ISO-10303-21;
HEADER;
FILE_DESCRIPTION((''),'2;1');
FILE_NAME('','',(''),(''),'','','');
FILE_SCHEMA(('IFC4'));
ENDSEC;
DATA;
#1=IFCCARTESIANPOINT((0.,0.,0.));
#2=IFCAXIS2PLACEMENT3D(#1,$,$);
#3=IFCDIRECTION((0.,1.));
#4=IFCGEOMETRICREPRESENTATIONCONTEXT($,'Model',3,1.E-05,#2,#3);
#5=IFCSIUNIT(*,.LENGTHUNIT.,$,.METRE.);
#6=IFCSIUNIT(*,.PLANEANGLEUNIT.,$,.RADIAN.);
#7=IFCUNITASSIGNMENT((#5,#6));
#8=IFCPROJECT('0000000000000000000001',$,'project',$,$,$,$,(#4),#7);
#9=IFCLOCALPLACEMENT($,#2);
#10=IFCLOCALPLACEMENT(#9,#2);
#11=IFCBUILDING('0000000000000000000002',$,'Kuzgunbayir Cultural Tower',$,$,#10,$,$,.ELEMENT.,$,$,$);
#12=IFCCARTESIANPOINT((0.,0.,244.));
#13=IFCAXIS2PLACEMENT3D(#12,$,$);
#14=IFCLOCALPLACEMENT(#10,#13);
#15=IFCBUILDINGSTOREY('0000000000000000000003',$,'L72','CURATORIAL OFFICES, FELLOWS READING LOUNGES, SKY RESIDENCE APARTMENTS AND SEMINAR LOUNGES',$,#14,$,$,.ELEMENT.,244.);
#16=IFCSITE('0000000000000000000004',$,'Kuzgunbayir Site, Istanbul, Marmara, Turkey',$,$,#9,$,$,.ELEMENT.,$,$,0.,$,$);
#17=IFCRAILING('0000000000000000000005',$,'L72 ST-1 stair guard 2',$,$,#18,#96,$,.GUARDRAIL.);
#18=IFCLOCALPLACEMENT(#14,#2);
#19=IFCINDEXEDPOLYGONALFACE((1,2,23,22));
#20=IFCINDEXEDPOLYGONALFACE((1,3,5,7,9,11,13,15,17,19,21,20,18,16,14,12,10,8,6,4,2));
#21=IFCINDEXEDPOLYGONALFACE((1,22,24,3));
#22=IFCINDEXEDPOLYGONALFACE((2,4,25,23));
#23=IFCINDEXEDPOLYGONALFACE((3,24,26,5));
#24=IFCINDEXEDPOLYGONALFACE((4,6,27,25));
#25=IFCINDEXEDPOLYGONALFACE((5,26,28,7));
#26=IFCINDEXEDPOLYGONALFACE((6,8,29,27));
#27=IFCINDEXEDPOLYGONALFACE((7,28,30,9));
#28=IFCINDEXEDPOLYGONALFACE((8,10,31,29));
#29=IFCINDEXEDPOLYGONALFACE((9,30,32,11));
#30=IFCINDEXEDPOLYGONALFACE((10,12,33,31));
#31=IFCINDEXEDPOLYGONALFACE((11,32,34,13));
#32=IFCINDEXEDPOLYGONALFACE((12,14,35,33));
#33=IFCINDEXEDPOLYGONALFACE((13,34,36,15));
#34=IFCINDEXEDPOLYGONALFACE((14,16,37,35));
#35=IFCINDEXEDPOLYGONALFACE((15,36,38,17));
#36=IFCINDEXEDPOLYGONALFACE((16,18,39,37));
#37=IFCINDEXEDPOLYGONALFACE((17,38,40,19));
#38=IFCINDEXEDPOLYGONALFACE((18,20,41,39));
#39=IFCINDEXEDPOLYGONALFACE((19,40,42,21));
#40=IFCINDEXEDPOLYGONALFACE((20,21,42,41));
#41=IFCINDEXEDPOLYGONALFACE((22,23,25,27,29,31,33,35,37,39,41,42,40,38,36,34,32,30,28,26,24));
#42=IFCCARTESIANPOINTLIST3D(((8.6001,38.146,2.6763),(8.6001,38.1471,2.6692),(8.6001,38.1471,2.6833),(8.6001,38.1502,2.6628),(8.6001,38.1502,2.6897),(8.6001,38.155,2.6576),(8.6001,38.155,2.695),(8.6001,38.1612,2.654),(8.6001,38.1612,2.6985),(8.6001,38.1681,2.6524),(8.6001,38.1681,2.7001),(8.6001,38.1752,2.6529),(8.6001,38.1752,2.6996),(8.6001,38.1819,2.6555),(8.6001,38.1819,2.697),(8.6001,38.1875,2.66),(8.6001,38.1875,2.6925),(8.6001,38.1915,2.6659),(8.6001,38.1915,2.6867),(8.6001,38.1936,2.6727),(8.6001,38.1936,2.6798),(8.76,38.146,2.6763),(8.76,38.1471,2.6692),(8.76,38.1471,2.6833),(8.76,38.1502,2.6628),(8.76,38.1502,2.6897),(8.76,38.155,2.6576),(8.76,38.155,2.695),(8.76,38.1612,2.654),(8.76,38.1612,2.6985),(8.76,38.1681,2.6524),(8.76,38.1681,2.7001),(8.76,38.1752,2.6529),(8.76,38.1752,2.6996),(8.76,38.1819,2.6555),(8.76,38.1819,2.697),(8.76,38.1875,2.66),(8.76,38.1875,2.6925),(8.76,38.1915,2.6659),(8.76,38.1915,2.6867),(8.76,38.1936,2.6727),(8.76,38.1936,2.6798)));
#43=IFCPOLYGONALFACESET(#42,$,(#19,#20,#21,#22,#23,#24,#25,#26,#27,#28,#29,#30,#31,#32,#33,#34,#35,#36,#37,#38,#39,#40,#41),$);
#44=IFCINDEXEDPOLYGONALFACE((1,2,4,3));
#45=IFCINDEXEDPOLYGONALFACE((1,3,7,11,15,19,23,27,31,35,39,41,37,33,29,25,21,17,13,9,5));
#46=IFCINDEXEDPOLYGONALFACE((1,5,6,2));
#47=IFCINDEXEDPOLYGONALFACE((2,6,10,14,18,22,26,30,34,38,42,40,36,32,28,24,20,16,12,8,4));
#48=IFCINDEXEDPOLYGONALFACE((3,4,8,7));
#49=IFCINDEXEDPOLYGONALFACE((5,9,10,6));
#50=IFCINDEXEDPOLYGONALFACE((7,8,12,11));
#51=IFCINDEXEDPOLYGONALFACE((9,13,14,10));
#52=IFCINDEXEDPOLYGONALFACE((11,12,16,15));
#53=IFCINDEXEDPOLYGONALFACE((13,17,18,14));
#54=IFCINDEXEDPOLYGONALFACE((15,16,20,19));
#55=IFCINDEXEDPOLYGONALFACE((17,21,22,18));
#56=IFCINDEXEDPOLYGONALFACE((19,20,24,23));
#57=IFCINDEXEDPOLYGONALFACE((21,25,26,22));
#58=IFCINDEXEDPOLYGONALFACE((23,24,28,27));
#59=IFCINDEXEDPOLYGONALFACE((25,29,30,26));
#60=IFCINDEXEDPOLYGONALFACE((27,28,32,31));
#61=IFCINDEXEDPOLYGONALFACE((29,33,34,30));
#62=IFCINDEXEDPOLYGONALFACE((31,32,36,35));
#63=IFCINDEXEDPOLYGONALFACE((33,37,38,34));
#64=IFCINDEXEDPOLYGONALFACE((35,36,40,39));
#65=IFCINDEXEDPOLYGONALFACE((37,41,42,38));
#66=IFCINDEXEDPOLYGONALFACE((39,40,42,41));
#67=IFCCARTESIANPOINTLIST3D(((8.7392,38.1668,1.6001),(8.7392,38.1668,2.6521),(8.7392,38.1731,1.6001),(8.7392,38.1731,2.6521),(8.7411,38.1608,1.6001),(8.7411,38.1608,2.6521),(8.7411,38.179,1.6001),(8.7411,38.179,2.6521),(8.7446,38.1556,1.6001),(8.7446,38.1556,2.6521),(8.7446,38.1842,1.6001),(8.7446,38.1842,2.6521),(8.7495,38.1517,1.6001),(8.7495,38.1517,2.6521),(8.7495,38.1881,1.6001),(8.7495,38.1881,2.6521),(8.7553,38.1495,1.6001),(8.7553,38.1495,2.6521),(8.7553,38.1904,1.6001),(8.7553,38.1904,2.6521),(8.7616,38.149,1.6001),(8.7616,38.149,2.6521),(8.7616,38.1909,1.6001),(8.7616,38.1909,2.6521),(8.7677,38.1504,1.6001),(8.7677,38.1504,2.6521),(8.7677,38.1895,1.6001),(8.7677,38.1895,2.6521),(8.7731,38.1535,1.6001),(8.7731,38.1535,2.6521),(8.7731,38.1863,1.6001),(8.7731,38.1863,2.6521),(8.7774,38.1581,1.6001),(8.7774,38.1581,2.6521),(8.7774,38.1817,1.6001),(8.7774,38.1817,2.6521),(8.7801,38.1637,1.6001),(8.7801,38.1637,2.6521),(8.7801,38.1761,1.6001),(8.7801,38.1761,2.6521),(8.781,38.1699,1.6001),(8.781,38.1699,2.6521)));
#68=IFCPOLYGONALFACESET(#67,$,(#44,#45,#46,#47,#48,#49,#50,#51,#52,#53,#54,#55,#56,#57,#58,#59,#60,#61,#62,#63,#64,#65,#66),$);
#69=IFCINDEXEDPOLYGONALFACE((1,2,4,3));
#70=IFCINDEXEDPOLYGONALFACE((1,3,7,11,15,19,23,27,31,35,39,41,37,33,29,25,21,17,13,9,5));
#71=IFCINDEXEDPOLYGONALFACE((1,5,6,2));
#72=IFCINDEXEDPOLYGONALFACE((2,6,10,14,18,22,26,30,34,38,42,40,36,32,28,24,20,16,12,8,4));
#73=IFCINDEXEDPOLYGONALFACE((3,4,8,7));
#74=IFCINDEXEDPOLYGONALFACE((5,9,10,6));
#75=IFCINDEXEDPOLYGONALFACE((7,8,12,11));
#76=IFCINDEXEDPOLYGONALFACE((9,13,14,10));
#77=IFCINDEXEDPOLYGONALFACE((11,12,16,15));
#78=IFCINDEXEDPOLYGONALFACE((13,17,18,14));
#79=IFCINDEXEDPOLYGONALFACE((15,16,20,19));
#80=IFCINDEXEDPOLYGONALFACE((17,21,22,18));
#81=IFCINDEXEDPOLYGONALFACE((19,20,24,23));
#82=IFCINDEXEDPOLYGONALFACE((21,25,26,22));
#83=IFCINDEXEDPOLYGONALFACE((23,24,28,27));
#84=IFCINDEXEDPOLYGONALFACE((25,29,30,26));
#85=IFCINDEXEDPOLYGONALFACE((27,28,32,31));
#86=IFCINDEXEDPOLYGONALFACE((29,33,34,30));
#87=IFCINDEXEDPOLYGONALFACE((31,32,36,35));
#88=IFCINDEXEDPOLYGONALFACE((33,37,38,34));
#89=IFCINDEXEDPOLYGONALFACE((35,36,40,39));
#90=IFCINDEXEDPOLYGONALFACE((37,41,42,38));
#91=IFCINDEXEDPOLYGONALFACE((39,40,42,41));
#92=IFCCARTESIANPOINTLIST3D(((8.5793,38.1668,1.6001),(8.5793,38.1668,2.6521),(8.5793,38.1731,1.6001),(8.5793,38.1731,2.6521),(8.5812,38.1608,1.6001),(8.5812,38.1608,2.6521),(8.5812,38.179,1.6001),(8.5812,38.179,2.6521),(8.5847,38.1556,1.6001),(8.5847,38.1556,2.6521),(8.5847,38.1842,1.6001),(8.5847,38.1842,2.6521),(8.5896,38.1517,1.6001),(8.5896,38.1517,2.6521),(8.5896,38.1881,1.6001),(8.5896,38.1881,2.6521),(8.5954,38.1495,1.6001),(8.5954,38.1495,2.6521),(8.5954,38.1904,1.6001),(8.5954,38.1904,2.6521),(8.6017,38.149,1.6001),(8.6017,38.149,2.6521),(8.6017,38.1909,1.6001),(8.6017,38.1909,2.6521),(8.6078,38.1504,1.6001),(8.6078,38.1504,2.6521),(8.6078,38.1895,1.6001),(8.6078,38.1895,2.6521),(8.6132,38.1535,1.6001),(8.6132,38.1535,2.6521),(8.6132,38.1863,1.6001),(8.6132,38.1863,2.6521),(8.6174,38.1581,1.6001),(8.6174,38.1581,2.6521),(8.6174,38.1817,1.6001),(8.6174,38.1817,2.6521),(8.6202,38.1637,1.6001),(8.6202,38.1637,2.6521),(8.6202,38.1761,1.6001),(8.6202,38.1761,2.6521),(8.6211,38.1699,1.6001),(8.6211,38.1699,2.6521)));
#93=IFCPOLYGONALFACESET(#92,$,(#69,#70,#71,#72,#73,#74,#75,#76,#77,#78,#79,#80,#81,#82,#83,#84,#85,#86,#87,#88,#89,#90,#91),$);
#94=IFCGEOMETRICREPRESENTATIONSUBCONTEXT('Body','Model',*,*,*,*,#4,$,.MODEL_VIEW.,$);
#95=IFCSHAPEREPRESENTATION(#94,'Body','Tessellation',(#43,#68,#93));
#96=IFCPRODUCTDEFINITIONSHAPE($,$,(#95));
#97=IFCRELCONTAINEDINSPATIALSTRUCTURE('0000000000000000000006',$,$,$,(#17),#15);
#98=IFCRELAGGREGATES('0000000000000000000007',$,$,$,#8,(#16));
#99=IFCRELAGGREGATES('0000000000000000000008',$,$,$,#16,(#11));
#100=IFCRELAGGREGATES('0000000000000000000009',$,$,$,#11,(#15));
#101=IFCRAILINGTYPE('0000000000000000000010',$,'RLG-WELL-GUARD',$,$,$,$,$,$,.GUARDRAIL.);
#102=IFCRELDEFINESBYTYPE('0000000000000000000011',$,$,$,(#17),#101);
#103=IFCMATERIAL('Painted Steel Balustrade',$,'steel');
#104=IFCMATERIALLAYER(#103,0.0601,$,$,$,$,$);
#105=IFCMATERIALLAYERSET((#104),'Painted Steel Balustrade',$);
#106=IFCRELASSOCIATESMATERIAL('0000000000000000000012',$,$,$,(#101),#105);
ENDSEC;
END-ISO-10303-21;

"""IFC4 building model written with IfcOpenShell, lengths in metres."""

from ifc_helpers import new_model, si_unit, direction, frame, origin, origin_2d, place, context, subcontext, project, spatial, circle, extrude, material, layer, layer_set, type_object, element, save


model = new_model("IFC4")

# Units and contexts
model_context = context("Model", 3, precision=1e-05, world=origin(), true_north=direction((0.0, 1.0)))
body_context = subcontext(model_context, "Body", "Model", "MODEL_VIEW")
ifc_project = project(units=[si_unit("LENGTHUNIT", "METRE"), si_unit("PLANEANGLEUNIT", "RADIAN")], contexts=[model_context])

# Site, building, storey
site_placement = place(None, origin())
site = spatial("IfcSite", under=ifc_project, at=site_placement, Name="Kuzgunbayir Site, Istanbul, Marmara, Turkey", CompositionType="ELEMENT", RefElevation=0.0)
building_placement = place(site_placement, origin())
building = spatial("IfcBuilding", under=site, at=building_placement, Name="Kuzgunbayir Cultural Tower", CompositionType="ELEMENT")
storey_placement = place(building_placement, frame((0.0, 0.0, 244.0)))
storey = spatial("IfcBuildingStorey", under=building, at=storey_placement, Name="L72", Description="CURATORIAL OFFICES, FELLOWS READING LOUNGES, SKY RESIDENCE APARTMENTS AND SEMINAR LOUNGES", CompositionType="ELEMENT", Elevation=244.0)

# Railing
ifc_material_1 = material(Name="Painted Steel Balustrade", Category="steel")
ifc_layer_1 = layer(ifc_material_1, 0.0601)
ifc_layer_set_1 = layer_set([ifc_layer_1], Name="Painted Steel Balustrade")
railing_type_1 = type_object("IfcRailingType", Name="RLG-WELL-GUARD", PredefinedType="GUARDRAIL", material=ifc_layer_set_1)
railing_1_placement = place(storey_placement, frame((8.76, 38.1699, 1.6001)))
element("IfcRailing", 1, at=railing_1_placement, inside=storey, type_object=railing_type_1, Name="L72 ST-1 stair guard 2", PredefinedType="GUARDRAIL", context=body_context, shape_type="SweptSolid", body=[
    extrude(circle(Radius=0.0239, at=origin_2d()), frame((0.0, 0.0, 1.0762), z_axis=(-1.0, 0.0, 0.0), x_axis=(0.0, -1.0, 0.0)), (0.0, 0.0, 1.0), 0.1599),
    extrude(circle(Radius=0.021, at=origin_2d()), origin(), (0.0, 0.0, 1.0), 1.052),
    extrude(circle(Radius=0.021, at=origin_2d()), frame((-0.1599, 0.0, 0.0)), (0.0, 0.0, 1.0), 1.052),
])

save(model, "model.ifc")
